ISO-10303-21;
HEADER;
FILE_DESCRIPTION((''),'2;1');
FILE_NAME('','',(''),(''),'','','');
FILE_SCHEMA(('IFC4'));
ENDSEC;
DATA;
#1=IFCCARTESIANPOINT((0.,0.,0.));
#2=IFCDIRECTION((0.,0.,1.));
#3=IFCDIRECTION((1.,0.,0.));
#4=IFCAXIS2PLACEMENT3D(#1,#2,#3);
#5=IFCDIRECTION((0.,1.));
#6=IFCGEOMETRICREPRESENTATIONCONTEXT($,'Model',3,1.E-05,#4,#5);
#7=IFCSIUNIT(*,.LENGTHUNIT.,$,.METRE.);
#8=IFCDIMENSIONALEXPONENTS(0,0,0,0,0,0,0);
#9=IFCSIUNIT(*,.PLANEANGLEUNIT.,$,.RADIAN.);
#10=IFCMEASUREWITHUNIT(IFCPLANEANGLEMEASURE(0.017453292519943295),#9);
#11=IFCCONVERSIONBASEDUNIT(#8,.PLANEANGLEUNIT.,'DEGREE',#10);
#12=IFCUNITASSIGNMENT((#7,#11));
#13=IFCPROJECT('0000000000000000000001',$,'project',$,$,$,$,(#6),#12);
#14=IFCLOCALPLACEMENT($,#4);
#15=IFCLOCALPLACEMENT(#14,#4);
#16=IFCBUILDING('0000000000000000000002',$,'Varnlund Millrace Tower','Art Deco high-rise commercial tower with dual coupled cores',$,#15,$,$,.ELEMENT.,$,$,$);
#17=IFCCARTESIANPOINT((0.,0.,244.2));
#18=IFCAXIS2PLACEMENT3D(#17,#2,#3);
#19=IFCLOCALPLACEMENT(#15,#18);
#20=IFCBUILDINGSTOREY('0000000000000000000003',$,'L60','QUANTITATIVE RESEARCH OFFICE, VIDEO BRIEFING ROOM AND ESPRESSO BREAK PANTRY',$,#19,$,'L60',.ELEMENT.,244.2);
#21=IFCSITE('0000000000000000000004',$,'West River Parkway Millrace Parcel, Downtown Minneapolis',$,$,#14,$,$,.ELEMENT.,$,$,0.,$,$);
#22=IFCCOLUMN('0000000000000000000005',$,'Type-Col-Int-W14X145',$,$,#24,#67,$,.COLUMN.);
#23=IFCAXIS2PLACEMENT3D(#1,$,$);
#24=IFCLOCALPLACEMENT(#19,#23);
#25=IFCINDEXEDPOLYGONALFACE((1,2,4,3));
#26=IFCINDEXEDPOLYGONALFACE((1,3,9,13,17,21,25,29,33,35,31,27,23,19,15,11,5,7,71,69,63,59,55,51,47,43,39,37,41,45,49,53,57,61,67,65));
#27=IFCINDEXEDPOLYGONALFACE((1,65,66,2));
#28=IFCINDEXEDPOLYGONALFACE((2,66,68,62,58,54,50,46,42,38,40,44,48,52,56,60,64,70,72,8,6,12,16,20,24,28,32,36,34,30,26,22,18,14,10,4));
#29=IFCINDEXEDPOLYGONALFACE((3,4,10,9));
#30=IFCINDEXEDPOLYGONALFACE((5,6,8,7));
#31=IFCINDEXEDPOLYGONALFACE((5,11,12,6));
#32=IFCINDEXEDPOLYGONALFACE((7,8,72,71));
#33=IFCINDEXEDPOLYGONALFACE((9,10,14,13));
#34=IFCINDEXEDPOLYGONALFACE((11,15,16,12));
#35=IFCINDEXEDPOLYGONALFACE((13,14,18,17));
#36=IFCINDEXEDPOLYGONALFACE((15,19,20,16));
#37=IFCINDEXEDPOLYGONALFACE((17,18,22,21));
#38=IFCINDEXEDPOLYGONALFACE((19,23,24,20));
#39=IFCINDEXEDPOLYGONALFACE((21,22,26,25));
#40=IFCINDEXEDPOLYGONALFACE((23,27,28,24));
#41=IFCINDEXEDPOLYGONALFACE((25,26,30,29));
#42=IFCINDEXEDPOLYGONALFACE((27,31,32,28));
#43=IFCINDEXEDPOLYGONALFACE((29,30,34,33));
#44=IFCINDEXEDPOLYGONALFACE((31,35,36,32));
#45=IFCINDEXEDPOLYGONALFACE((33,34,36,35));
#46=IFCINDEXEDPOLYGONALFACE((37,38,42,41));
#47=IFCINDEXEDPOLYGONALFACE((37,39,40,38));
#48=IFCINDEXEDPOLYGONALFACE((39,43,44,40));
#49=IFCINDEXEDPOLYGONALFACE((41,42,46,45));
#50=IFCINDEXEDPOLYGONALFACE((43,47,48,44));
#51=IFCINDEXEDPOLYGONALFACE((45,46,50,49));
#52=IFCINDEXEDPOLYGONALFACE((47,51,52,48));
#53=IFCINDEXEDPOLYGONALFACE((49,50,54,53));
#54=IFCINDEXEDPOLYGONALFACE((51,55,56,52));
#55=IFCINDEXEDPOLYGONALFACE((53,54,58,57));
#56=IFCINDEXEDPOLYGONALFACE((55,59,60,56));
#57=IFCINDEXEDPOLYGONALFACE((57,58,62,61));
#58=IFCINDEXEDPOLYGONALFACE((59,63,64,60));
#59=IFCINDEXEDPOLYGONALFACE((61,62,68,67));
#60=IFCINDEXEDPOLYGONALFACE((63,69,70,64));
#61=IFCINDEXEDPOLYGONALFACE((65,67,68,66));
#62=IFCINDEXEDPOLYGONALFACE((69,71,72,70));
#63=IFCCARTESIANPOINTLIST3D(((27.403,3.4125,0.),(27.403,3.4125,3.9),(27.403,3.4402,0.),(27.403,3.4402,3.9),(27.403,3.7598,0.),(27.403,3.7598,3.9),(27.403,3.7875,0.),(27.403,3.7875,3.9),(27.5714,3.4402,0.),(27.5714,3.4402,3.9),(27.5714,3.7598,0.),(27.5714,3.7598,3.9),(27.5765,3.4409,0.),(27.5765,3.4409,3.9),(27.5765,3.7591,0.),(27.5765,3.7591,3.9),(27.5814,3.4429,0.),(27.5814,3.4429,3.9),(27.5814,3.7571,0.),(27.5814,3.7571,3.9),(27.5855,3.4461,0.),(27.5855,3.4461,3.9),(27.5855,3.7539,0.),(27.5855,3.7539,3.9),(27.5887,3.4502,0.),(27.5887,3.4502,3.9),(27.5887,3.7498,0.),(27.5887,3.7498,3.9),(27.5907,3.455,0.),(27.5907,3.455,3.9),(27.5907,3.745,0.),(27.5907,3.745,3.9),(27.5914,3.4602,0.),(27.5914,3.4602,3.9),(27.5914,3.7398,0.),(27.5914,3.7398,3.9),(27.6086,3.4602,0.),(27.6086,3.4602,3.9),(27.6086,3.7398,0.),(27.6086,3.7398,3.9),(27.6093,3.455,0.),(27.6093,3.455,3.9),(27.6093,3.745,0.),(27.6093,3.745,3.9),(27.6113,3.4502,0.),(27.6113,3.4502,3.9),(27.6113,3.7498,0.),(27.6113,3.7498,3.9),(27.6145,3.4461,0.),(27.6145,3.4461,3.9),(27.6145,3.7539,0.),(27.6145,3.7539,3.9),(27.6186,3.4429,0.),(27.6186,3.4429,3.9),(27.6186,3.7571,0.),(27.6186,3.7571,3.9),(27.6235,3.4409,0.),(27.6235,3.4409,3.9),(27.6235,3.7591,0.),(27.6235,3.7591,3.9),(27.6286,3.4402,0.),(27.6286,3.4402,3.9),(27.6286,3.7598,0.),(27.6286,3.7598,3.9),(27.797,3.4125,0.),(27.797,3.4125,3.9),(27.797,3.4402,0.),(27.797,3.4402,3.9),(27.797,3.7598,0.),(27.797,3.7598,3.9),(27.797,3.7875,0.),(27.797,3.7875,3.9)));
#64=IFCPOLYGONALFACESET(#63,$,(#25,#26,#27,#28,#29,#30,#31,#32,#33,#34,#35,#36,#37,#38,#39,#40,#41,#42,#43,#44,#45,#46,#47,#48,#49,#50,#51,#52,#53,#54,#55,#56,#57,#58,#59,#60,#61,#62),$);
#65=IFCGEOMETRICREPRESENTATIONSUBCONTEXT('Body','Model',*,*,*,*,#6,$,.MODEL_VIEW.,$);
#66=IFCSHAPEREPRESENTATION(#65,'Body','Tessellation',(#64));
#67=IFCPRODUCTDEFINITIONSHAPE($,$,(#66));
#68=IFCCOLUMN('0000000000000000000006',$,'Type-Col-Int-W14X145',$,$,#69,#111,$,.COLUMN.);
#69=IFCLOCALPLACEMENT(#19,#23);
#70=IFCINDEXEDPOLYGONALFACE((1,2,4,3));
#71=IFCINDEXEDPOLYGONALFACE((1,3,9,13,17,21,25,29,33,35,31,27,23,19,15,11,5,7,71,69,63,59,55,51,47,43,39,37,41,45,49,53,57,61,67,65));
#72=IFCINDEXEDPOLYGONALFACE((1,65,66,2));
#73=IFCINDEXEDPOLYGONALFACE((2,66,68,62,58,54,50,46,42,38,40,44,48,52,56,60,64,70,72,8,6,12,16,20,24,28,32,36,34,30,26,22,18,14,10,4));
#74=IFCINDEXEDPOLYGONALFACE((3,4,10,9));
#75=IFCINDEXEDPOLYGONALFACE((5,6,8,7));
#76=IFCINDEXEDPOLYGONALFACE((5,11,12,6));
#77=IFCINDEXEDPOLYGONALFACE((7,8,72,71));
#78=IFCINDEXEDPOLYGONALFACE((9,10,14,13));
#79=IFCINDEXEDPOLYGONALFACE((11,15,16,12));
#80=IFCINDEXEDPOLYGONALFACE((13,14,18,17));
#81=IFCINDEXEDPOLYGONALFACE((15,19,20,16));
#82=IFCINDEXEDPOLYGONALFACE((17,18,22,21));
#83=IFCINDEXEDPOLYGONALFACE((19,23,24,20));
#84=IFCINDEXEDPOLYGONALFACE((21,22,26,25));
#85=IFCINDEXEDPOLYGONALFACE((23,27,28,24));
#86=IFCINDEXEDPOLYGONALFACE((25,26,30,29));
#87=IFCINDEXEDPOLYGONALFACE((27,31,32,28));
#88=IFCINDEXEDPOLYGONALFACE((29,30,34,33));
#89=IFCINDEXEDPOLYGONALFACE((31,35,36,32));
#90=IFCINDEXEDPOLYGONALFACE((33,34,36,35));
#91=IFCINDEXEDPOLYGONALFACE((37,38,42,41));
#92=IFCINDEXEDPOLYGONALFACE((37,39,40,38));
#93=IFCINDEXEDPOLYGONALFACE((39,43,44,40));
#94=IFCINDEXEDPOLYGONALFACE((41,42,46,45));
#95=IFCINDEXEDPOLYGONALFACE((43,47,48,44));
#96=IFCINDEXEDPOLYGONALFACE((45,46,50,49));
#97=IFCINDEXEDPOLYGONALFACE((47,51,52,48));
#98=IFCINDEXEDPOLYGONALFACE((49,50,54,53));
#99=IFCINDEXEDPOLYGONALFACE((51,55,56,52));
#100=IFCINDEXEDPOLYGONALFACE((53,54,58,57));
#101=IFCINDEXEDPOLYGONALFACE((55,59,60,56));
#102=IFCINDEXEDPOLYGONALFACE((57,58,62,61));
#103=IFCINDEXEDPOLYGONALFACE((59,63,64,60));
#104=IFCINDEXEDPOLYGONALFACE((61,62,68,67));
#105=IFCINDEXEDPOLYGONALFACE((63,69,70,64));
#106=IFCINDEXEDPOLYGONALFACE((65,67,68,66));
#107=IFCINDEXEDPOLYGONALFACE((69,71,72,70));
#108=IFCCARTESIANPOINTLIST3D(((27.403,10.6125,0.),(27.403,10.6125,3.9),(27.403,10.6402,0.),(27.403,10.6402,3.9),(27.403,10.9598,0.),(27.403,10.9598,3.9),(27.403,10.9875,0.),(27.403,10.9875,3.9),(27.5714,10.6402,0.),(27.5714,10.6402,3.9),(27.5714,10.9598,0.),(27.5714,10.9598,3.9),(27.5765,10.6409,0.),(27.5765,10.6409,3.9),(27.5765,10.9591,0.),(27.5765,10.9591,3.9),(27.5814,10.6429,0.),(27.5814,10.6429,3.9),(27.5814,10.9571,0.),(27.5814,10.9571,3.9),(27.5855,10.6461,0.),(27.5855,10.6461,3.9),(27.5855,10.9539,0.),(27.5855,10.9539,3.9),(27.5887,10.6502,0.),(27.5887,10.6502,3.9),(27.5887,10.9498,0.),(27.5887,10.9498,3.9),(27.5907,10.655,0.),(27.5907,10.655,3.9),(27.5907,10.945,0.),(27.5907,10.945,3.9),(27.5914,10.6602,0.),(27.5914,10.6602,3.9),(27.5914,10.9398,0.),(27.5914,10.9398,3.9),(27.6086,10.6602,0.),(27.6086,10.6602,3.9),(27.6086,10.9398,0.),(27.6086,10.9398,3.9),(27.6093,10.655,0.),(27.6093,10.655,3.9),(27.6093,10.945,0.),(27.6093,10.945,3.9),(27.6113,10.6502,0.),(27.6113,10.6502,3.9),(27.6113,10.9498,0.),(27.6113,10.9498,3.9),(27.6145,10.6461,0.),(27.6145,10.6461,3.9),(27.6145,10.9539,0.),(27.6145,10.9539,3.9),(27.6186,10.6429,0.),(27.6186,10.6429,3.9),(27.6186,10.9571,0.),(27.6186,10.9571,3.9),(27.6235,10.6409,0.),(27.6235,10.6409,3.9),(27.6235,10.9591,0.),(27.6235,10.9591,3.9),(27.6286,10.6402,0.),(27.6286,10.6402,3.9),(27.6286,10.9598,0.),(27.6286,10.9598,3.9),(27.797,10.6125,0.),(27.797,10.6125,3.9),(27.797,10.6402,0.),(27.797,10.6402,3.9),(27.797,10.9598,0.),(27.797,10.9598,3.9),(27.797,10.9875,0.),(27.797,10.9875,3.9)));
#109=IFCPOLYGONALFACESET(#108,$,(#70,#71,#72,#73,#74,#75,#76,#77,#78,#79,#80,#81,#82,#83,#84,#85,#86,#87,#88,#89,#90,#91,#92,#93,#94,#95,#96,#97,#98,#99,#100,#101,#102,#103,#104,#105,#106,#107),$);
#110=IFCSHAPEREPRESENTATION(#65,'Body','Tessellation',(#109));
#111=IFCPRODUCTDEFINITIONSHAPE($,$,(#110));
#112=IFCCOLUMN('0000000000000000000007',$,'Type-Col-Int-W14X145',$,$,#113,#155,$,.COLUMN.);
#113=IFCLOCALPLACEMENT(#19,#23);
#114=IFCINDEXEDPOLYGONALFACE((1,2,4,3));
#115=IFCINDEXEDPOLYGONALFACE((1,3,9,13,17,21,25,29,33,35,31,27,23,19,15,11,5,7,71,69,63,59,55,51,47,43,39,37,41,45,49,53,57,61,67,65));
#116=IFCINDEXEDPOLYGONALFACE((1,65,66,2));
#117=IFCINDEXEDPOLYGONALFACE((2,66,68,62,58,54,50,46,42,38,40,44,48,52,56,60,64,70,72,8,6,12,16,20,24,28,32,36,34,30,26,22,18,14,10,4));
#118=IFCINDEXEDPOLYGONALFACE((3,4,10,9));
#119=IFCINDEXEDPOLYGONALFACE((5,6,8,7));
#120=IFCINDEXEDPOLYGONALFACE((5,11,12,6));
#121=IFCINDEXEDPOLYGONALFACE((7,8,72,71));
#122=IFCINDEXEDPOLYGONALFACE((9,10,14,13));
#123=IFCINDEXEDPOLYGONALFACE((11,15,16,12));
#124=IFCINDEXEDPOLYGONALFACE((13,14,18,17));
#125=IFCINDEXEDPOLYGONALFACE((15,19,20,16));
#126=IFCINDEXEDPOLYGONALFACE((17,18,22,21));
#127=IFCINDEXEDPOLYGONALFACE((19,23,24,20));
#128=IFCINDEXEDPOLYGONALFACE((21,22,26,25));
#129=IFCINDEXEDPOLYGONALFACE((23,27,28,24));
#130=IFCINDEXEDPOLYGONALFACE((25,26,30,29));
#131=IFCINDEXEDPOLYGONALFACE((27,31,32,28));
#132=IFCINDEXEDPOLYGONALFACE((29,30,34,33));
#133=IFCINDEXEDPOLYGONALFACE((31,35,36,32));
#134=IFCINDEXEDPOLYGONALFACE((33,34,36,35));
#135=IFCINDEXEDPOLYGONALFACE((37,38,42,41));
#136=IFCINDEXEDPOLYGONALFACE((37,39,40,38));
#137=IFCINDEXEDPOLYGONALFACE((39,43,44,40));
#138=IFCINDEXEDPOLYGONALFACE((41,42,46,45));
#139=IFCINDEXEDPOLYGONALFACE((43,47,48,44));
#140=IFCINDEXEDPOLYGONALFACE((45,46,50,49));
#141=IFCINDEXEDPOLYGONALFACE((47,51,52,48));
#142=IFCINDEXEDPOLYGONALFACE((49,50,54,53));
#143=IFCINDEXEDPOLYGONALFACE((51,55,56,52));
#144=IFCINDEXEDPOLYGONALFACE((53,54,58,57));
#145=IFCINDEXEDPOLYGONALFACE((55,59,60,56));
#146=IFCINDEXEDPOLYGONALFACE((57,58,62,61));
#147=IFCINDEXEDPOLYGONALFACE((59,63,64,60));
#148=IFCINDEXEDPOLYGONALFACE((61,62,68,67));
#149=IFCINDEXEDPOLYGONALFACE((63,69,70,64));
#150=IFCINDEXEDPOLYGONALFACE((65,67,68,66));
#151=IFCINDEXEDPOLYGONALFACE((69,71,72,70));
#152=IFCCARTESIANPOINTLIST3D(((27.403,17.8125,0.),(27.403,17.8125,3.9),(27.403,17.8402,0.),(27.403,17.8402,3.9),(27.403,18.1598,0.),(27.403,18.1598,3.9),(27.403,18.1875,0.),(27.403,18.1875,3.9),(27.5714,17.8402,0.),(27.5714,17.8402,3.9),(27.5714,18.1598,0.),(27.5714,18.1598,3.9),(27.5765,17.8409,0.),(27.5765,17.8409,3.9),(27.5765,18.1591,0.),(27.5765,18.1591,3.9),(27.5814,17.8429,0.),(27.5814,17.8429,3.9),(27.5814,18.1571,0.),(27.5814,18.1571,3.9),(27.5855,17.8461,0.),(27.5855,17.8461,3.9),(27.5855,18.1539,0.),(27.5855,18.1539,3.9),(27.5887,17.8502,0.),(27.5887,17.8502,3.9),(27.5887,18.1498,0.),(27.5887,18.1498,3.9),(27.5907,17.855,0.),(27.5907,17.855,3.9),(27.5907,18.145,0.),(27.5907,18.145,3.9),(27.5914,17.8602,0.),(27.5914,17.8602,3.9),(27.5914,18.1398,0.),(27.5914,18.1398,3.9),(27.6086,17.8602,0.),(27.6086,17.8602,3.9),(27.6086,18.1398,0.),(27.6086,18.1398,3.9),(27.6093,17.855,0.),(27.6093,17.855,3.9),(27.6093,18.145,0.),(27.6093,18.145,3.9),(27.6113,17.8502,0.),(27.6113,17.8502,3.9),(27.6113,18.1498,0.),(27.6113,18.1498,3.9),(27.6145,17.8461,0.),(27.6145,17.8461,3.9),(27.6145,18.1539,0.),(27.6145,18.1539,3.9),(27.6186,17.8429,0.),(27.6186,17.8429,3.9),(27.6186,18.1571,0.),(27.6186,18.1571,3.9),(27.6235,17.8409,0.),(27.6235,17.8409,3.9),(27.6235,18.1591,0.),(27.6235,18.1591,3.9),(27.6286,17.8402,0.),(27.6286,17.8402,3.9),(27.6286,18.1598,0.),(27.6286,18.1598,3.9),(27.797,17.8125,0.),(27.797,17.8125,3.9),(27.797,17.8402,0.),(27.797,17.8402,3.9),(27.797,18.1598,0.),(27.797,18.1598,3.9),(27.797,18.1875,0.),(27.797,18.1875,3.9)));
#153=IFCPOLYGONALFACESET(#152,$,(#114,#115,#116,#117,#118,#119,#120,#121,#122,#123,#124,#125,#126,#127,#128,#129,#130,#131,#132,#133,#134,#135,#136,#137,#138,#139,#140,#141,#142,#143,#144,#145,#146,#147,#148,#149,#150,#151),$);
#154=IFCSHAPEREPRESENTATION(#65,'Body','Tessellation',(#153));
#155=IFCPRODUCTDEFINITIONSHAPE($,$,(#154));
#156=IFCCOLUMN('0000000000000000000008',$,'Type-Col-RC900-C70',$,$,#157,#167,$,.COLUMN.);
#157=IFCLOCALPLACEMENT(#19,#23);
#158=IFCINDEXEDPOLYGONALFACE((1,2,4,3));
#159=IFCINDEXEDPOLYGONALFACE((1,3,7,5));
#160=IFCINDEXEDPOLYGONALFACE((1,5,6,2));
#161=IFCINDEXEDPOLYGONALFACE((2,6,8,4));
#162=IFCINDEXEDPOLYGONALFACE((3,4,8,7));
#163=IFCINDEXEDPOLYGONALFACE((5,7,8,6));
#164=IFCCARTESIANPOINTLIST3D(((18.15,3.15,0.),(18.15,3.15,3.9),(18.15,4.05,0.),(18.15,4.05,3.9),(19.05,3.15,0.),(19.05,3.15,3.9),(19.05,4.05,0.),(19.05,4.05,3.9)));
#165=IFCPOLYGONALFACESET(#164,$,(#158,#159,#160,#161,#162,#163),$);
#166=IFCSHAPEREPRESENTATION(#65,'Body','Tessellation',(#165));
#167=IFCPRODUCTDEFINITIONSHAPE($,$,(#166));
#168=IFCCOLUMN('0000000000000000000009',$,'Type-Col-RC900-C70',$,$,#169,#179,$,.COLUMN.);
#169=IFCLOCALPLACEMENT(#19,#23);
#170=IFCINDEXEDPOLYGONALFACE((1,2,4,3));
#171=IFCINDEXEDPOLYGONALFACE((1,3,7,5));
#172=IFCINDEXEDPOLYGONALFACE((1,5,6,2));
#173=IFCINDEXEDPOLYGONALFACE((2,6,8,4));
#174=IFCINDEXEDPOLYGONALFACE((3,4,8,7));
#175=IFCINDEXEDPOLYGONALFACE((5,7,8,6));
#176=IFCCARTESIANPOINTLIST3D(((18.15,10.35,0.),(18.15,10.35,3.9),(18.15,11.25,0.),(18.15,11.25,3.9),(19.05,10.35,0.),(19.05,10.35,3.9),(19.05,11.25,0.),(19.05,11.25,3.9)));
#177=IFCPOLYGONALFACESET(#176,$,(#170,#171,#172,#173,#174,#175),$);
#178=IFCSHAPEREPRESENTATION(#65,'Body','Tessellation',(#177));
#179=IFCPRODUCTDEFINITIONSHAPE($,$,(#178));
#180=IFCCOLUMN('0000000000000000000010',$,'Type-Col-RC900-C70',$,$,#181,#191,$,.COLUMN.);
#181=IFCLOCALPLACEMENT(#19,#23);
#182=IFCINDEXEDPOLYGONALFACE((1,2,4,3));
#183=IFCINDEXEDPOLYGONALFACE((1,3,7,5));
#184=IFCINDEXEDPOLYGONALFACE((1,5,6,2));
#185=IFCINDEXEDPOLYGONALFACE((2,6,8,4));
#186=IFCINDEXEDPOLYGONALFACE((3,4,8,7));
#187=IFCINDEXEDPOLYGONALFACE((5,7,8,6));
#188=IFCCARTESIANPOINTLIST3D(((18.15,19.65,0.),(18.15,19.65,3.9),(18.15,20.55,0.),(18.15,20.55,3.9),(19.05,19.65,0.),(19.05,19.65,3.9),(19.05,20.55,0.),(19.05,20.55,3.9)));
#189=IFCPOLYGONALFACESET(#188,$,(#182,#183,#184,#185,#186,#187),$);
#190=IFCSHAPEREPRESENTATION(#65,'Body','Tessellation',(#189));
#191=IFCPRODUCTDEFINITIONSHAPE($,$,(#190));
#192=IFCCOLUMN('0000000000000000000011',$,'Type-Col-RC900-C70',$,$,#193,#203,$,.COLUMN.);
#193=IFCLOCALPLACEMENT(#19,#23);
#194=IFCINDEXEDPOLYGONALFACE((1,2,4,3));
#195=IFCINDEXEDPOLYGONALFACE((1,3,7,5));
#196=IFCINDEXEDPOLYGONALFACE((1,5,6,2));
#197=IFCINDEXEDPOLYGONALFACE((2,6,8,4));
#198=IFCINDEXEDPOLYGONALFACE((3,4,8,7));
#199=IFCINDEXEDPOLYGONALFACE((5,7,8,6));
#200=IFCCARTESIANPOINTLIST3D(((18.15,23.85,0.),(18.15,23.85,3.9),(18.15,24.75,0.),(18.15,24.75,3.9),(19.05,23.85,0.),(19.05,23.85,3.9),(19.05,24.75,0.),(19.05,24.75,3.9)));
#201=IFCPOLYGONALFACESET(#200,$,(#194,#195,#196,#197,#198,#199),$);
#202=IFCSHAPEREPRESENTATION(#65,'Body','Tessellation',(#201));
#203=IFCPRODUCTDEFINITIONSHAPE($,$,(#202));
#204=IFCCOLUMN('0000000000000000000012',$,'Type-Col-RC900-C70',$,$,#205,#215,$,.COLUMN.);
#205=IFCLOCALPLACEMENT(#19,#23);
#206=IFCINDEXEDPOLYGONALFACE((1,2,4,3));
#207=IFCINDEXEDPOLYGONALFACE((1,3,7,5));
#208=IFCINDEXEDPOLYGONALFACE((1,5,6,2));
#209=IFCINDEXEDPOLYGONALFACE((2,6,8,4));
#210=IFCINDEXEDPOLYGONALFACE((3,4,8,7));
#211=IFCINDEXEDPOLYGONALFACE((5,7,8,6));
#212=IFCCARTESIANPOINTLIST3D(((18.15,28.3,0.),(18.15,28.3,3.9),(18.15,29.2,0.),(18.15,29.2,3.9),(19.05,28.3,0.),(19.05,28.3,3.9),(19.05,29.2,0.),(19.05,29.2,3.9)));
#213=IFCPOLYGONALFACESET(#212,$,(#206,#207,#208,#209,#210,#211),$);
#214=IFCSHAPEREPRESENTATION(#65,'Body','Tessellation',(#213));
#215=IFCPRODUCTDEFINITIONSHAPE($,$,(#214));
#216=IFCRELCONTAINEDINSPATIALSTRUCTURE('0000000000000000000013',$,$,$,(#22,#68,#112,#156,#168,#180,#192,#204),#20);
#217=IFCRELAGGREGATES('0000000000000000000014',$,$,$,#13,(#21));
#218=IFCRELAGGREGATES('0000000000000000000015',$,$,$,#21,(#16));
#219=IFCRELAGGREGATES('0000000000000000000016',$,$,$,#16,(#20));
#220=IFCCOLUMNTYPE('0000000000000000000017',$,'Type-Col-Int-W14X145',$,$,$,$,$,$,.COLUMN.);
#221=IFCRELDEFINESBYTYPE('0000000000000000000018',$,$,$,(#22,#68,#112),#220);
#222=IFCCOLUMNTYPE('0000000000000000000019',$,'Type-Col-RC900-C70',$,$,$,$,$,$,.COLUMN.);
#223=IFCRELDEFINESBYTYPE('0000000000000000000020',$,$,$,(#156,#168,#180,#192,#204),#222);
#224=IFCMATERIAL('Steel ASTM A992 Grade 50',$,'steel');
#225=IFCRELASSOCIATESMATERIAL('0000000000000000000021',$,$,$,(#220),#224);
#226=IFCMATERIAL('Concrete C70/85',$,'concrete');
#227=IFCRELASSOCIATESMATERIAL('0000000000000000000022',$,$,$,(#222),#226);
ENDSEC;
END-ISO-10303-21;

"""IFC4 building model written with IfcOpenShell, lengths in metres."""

from ifc_helpers import new_model, entity, si_unit, converted_unit, direction, frame, origin_with_axes, origin_2d_with_axis, place, context, subcontext, project, spatial, rectangle, i_section, extrude, material, material_profile, profile_set, type_object, element, save


model = new_model("IFC4")

# Units and contexts
model_context = context("Model", 3, precision=1e-05, world=origin_with_axes(), true_north=direction((0.0, 1.0)))
body_context = subcontext(model_context, "Body", "Model", "MODEL_VIEW")
ifc_project = project(units=[si_unit("LENGTHUNIT", "METRE"), converted_unit("PLANEANGLEUNIT", "DEGREE", entity("IfcPlaneAngleMeasure", 0.017453292519943295), si_unit("PLANEANGLEUNIT", "RADIAN"), dimensions=[0, 0, 0, 0, 0, 0, 0])], contexts=[model_context])

# Site, building, storey
site_placement = place(None, origin_with_axes())
site = spatial("IfcSite", under=ifc_project, at=site_placement, Name="West River Parkway Millrace Parcel, Downtown Minneapolis", CompositionType="ELEMENT", RefElevation=0.0)
building_placement = place(site_placement, origin_with_axes())
building = spatial("IfcBuilding", under=site, at=building_placement, Name="Varnlund Millrace Tower", Description="Art Deco high-rise commercial tower with dual coupled cores", CompositionType="ELEMENT")
storey_placement = place(building_placement, frame((0.0, 0.0, 244.2), z_axis=(0.0, 0.0, 1.0), x_axis=(1.0, 0.0, 0.0)))
storey = spatial("IfcBuildingStorey", under=building, at=storey_placement, Name="L60", Description="QUANTITATIVE RESEARCH OFFICE, VIDEO BRIEFING ROOM AND ESPRESSO BREAK PANTRY", LongName="L60", CompositionType="ELEMENT", Elevation=244.2)

# Columns
ifc_material_1 = material(Name="Steel ASTM A992 Grade 50", Category="steel")
ifc_material_profile_1 = material_profile(ifc_material_1, i_section(OverallWidth=0.394, OverallDepth=0.375, WebThickness=0.0173, FlangeThickness=0.0277, FilletRadius=0.02, at=origin_2d_with_axis()), Name="Steel ASTM A992 Grade 50")
ifc_profile_set_1 = profile_set([ifc_material_profile_1], Name="Steel ASTM A992 Grade 50")
column_type_1 = type_object("IfcColumnType", Name="Type-Col-Int-W14X145", PredefinedType="COLUMN", material=ifc_profile_set_1)
for number, where, z_axis, x_axis, name in (
    (1, (27.6, 3.6, 0.0), (0.0, 0.0, 1.0), (1.0, 0.0, 0.0), "Type-Col-Int-W14X145"),
    (2, (27.6, 10.8, 0.0), (0.0, 0.0, 1.0), (1.0, 0.0, 0.0), "Type-Col-Int-W14X145"),
    (3, (27.6, 18.0, 0.0), (0.0, 0.0, 1.0), (1.0, 0.0, 0.0), "Type-Col-Int-W14X145"),
):
    element("IfcColumn", number, at=place(storey_placement, frame(where, z_axis=z_axis, x_axis=x_axis)), inside=storey, type_object=column_type_1, Name=name, PredefinedType="COLUMN", context=body_context, shape_type="SweptSolid", body=[
        extrude(i_section(OverallWidth=0.394, OverallDepth=0.375, WebThickness=0.0173, FlangeThickness=0.0277, FilletRadius=0.02, at=origin_2d_with_axis()), origin_with_axes(), (0.0, 0.0, 1.0), 3.9),
    ])
ifc_material_2 = material(Name="Concrete C70/85", Category="concrete")
ifc_material_profile_2 = material_profile(ifc_material_2, rectangle(XDim=0.9, YDim=0.9, at=origin_2d_with_axis()), Name="Concrete C70/85")
ifc_profile_set_2 = profile_set([ifc_material_profile_2], Name="Concrete C70/85")
column_type_2 = type_object("IfcColumnType", Name="Type-Col-RC900-C70", PredefinedType="COLUMN", material=ifc_profile_set_2)
for number, where, z_axis, x_axis, name in (
    (4, (18.6, 3.6, 0.0), (0.0, 0.0, 1.0), (1.0, 0.0, 0.0), "Type-Col-RC900-C70"),
    (5, (18.6, 10.8, 0.0), (0.0, 0.0, 1.0), (1.0, 0.0, 0.0), "Type-Col-RC900-C70"),
    (6, (18.6, 20.1, 0.0), (0.0, 0.0, 1.0), (1.0, 0.0, 0.0), "Type-Col-RC900-C70"),
    (7, (18.6, 24.3, 0.0), (0.0, 0.0, 1.0), (1.0, 0.0, 0.0), "Type-Col-RC900-C70"),
    (8, (18.6, 28.75, 0.0), (0.0, 0.0, 1.0), (1.0, 0.0, 0.0), "Type-Col-RC900-C70"),
):
    element("IfcColumn", number, at=place(storey_placement, frame(where, z_axis=z_axis, x_axis=x_axis)), inside=storey, type_object=column_type_2, Name=name, PredefinedType="COLUMN", context=body_context, shape_type="SweptSolid", body=[
        extrude(rectangle(XDim=0.9, YDim=0.9, at=origin_2d_with_axis()), origin_with_axes(), (0.0, 0.0, 1.0), 3.9),
    ])

save(model, "model.ifc")
